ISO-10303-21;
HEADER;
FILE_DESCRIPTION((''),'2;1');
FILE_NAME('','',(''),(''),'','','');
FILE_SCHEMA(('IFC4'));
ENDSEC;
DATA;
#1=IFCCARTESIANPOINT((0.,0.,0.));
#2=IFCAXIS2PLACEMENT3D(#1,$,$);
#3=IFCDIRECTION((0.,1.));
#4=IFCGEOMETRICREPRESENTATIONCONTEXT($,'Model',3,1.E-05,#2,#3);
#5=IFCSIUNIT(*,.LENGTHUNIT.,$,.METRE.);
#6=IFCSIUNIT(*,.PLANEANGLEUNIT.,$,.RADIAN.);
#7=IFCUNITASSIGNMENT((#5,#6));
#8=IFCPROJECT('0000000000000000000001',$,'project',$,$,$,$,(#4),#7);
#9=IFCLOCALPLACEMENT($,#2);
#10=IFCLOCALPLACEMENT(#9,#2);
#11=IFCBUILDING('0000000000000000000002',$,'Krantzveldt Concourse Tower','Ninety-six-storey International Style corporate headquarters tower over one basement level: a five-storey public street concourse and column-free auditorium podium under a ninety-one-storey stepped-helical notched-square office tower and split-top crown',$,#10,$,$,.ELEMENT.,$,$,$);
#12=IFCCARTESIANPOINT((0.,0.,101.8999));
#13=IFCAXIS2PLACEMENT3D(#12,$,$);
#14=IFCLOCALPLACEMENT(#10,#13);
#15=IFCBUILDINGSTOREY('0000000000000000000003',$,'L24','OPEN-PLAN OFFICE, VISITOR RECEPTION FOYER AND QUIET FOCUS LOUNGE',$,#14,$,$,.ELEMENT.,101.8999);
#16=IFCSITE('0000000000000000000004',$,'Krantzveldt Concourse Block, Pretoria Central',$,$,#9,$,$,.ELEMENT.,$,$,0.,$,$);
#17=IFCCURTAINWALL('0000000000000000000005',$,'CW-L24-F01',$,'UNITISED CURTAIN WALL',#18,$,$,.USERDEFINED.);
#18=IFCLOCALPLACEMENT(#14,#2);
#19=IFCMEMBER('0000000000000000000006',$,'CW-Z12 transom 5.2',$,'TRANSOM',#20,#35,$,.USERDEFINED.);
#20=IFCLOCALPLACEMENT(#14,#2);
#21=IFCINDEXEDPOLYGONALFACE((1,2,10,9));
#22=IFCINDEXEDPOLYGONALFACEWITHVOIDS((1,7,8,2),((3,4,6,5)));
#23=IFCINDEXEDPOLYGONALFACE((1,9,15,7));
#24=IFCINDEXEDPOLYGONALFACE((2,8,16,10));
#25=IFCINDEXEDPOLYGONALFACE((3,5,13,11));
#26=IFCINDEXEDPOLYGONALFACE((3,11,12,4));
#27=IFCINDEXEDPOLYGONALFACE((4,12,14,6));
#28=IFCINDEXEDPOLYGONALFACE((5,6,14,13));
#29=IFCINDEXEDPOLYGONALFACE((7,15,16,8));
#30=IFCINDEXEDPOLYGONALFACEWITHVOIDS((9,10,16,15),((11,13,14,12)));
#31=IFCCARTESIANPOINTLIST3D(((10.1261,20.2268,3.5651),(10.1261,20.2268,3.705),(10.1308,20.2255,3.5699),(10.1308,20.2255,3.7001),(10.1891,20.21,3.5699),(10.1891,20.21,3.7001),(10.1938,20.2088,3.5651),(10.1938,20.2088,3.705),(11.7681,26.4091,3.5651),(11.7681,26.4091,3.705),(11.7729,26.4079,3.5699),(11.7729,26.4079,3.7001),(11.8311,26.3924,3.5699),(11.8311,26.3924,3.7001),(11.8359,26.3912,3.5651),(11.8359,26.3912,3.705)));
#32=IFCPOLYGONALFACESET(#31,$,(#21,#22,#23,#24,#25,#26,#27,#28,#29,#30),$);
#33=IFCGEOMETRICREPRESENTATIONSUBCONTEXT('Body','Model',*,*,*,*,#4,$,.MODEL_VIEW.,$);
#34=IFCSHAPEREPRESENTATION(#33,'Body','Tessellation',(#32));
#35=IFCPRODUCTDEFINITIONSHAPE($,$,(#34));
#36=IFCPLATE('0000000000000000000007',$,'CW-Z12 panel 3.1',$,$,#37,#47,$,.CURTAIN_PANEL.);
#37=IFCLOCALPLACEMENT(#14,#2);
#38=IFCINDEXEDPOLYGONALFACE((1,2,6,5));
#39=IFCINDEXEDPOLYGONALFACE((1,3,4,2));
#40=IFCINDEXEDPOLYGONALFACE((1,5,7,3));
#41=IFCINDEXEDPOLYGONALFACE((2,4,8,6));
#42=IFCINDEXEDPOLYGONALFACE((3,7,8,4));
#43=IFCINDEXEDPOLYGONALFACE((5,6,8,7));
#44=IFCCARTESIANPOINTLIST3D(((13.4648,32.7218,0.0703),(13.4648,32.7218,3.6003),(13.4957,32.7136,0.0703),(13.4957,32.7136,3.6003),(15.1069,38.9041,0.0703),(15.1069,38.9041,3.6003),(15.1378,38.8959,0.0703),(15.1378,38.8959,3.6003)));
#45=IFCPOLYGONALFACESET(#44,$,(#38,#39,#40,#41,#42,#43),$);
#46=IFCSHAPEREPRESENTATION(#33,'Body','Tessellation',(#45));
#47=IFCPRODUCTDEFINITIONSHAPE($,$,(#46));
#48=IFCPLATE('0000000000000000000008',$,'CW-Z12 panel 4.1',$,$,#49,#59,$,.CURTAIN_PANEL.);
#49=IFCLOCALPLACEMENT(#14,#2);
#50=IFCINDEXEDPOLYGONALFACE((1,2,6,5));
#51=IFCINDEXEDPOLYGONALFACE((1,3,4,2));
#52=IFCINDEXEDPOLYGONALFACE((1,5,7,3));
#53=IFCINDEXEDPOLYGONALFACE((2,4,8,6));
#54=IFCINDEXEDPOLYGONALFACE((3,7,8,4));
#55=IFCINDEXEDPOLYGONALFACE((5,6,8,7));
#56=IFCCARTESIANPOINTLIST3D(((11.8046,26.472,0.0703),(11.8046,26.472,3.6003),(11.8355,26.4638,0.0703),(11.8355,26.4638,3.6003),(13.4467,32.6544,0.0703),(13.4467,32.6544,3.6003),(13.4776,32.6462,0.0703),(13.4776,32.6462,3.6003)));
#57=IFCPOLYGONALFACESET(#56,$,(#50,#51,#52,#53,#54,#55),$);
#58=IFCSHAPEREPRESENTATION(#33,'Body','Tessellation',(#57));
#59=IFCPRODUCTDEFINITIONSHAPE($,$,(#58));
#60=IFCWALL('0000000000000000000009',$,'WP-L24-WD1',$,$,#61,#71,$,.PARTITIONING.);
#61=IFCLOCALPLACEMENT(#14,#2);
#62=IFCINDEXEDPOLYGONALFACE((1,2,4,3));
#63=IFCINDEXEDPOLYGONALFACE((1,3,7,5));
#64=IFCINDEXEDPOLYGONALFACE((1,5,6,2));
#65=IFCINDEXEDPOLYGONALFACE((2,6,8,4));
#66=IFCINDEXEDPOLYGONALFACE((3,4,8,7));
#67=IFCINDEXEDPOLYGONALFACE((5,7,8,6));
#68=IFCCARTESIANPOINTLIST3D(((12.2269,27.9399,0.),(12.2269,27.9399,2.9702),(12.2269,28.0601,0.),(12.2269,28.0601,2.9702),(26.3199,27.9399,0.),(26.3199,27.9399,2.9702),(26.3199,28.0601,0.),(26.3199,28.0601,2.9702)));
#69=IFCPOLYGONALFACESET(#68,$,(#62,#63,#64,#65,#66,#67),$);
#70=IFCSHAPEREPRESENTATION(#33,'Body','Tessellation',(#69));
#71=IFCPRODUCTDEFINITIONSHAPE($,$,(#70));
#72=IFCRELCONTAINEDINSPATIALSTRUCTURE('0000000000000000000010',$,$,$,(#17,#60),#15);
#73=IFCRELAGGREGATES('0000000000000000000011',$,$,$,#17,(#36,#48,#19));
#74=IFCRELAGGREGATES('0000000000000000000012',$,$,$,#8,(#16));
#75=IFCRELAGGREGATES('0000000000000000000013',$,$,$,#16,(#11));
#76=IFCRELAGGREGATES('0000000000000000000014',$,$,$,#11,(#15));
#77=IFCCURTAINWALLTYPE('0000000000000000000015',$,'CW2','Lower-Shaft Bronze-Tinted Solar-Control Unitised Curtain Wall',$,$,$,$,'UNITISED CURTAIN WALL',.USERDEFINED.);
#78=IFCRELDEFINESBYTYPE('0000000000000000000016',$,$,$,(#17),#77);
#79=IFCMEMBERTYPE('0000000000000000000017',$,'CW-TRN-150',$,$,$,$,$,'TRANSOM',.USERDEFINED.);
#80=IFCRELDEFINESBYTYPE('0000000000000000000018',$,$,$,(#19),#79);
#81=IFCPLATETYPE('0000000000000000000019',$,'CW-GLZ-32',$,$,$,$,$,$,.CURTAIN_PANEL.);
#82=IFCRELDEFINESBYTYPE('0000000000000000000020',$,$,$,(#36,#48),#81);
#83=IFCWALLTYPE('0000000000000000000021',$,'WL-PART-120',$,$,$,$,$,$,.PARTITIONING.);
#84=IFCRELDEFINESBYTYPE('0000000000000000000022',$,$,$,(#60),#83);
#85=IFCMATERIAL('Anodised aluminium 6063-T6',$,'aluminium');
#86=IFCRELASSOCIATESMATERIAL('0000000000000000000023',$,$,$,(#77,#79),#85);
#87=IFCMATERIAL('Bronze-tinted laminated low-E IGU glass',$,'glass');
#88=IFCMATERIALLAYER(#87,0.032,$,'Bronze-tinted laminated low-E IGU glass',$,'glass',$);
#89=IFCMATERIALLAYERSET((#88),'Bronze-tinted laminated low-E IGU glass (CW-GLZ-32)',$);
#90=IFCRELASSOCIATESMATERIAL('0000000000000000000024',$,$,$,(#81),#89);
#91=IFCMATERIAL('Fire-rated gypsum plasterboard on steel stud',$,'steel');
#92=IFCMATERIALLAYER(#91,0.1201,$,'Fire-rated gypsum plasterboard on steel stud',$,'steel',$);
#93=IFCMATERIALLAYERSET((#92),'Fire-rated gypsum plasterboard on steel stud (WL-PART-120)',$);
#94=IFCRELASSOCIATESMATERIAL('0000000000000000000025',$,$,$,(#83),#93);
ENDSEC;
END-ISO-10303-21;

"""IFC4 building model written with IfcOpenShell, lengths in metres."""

from ifc_helpers import new_model, si_unit, direction, frame, frame_2d, origin, origin_2d, place, context, subcontext, project, spatial, rectangle, hollow_rectangle, extrude, source, transform, mapped, material, layer, layer_set, material_profile, profile_set, type_object, type_shapes, element, aggregate, save


model = new_model("IFC4")

# Units and contexts
model_context = context("Model", 3, precision=1e-05, world=origin(), true_north=direction((0.0, 1.0)))
body_context = subcontext(model_context, "Body", "Model", "MODEL_VIEW")
ifc_project = project(units=[si_unit("LENGTHUNIT", "METRE"), si_unit("PLANEANGLEUNIT", "RADIAN")], contexts=[model_context])

# Site, building, storey
site_placement = place(None, origin())
site = spatial("IfcSite", under=ifc_project, at=site_placement, Name="Krantzveldt Concourse Block, Pretoria Central", CompositionType="ELEMENT", RefElevation=0.0)
building_placement = place(site_placement, origin())
building = spatial("IfcBuilding", under=site, at=building_placement, Name="Krantzveldt Concourse Tower", Description="Ninety-six-storey International Style corporate headquarters tower over one basement level: a five-storey public street concourse and column-free auditorium podium under a ninety-one-storey stepped-helical notched-square office tower and split-top crown", CompositionType="ELEMENT")
storey_placement = place(building_placement, frame((0.0, 0.0, 101.8999)))
storey = spatial("IfcBuildingStorey", under=building, at=storey_placement, Name="L24", Description="OPEN-PLAN OFFICE, VISITOR RECEPTION FOYER AND QUIET FOCUS LOUNGE", CompositionType="ELEMENT", Elevation=101.8999)

# Curtain wall, member, plates
ifc_material_1 = material(Name="Anodised aluminium 6063-T6", Category="aluminium")
curtain_wall_type = type_object("IfcCurtainWallType", Name="CW2", Description="Lower-Shaft Bronze-Tinted Solar-Control Unitised Curtain Wall", ElementType="UNITISED CURTAIN WALL", PredefinedType="USERDEFINED", material=ifc_material_1)
curtain_wall_placement = place(storey_placement, origin())
curtain_wall = element("IfcCurtainWall", 1, at=curtain_wall_placement, inside=storey, type_object=curtain_wall_type, Name="CW-L24-F01", ObjectType="UNITISED CURTAIN WALL", PredefinedType="USERDEFINED")
ifc_material_profile_1 = material_profile(ifc_material_1, hollow_rectangle(XDim=0.0701, YDim=0.1399, WallThickness=0.0049, at=origin_2d()), Name="Anodised aluminium 6063-T6", Category="aluminium")
ifc_profile_set_1 = profile_set([ifc_material_profile_1], Name="Anodised aluminium 6063-T6 - ALU-TRAN 140x70x5")
member_type_1 = type_object("IfcMemberType", Name="CW-TRN-150", ElementType="TRANSOM", PredefinedType="USERDEFINED", material=ifc_profile_set_1)
shared_shape_1 = source(origin(), body_context, "Body", "SweptSolid", [
    extrude(hollow_rectangle(XDim=0.0701, YDim=0.1399, WallThickness=0.0049, at=origin_2d()), origin(), (0.0, 0.0, 1.0), 6.3967),
])
type_shapes(member_type_1, [shared_shape_1])
member_1_placement = place(storey_placement, frame((11.802, 26.4001, 3.635), z_axis=(-0.256708, -0.966489, 0.0), x_axis=(0.966489, -0.256708, 0.0)))
member_1 = element("IfcMember", 2, at=member_1_placement, type_object=member_type_1, Name="CW-Z12 transom 5.2", ObjectType="TRANSOM", PredefinedType="USERDEFINED", context=body_context, shape_type="MappedRepresentation", body=[
    mapped(shared_shape_1, transform((0.0, 0.0, 0.0), x_axis=(1.0, 0.0, 0.0), y_axis=(0.0, 1.0, 0.0), z_axis=(0.0, 0.0, 1.0), scale=1.0)),
])
ifc_material_2 = material(Name="Bronze-tinted laminated low-E IGU glass", Category="glass")
ifc_layer_1 = layer(ifc_material_2, 0.032, Name="Bronze-tinted laminated low-E IGU glass", Category="glass")
ifc_layer_set_1 = layer_set([ifc_layer_1], Name="Bronze-tinted laminated low-E IGU glass (CW-GLZ-32)")
plate_type = type_object("IfcPlateType", Name="CW-GLZ-32", PredefinedType="CURTAIN_PANEL", material=ifc_layer_set_1)
shared_shape_2 = source(origin(), body_context, "Body", "SweptSolid", [
    extrude(rectangle(XDim=6.3967, YDim=0.032, at=origin_2d()), origin(), (0.0, 0.0, 1.0), 3.53),
])
type_shapes(plate_type, [shared_shape_2])
plate_1_placement = place(storey_placement, frame((14.3013, 35.8088, 0.0703), z_axis=(0.0, 0.0, 1.0), x_axis=(-0.256711, -0.966488, 0.0)))
plate_1 = element("IfcPlate", 3, at=plate_1_placement, type_object=plate_type, Name="CW-Z12 panel 3.1", PredefinedType="CURTAIN_PANEL", context=body_context, shape_type="MappedRepresentation", body=[
    mapped(shared_shape_2, transform((0.0, 0.0, 0.0), x_axis=(1.0, 0.0, 0.0), y_axis=(0.0, 1.0, 0.0), z_axis=(0.0, 0.0, 1.0), scale=1.0)),
])
plate_2_placement = place(storey_placement, frame((12.6411, 29.5591, 0.0703), z_axis=(0.0, 0.0, 1.0), x_axis=(-0.256711, -0.966488, 0.0)))
plate_2 = element("IfcPlate", 4, at=plate_2_placement, type_object=plate_type, Name="CW-Z12 panel 4.1", PredefinedType="CURTAIN_PANEL", context=body_context, shape_type="MappedRepresentation", body=[
    mapped(shared_shape_2, transform((0.0, 0.0, 0.0), x_axis=(1.0, 0.0, 0.0), y_axis=(0.0, 1.0, 0.0), z_axis=(0.0, 0.0, 1.0), scale=1.0)),
])
aggregate(curtain_wall, [plate_1, plate_2, member_1])

# Wall
ifc_material_3 = material(Name="Fire-rated gypsum plasterboard on steel stud", Category="steel")
ifc_layer_2 = layer(ifc_material_3, 0.1201, Name="Fire-rated gypsum plasterboard on steel stud", Category="steel")
ifc_layer_set_2 = layer_set([ifc_layer_2], Name="Fire-rated gypsum plasterboard on steel stud (WL-PART-120)")
wall_type = type_object("IfcWallType", Name="WL-PART-120", PredefinedType="PARTITIONING", material=ifc_layer_set_2)
wall_placement = place(storey_placement, frame((12.2271, 28.0, 0.0), z_axis=(0.0, 0.0, 1.0), x_axis=(1.0, 0.0, 0.0)))
element("IfcWall", 5, at=wall_placement, inside=storey, type_object=wall_type, Name="WP-L24-WD1", PredefinedType="PARTITIONING", context=body_context, shape_type="SweptSolid", body=[
    extrude(rectangle(XDim=14.093, YDim=0.1201, at=frame_2d((7.0464, 0.0))), origin(), (0.0, 0.0, 1.0), 2.9702),
])

save(model, "model.ifc")
